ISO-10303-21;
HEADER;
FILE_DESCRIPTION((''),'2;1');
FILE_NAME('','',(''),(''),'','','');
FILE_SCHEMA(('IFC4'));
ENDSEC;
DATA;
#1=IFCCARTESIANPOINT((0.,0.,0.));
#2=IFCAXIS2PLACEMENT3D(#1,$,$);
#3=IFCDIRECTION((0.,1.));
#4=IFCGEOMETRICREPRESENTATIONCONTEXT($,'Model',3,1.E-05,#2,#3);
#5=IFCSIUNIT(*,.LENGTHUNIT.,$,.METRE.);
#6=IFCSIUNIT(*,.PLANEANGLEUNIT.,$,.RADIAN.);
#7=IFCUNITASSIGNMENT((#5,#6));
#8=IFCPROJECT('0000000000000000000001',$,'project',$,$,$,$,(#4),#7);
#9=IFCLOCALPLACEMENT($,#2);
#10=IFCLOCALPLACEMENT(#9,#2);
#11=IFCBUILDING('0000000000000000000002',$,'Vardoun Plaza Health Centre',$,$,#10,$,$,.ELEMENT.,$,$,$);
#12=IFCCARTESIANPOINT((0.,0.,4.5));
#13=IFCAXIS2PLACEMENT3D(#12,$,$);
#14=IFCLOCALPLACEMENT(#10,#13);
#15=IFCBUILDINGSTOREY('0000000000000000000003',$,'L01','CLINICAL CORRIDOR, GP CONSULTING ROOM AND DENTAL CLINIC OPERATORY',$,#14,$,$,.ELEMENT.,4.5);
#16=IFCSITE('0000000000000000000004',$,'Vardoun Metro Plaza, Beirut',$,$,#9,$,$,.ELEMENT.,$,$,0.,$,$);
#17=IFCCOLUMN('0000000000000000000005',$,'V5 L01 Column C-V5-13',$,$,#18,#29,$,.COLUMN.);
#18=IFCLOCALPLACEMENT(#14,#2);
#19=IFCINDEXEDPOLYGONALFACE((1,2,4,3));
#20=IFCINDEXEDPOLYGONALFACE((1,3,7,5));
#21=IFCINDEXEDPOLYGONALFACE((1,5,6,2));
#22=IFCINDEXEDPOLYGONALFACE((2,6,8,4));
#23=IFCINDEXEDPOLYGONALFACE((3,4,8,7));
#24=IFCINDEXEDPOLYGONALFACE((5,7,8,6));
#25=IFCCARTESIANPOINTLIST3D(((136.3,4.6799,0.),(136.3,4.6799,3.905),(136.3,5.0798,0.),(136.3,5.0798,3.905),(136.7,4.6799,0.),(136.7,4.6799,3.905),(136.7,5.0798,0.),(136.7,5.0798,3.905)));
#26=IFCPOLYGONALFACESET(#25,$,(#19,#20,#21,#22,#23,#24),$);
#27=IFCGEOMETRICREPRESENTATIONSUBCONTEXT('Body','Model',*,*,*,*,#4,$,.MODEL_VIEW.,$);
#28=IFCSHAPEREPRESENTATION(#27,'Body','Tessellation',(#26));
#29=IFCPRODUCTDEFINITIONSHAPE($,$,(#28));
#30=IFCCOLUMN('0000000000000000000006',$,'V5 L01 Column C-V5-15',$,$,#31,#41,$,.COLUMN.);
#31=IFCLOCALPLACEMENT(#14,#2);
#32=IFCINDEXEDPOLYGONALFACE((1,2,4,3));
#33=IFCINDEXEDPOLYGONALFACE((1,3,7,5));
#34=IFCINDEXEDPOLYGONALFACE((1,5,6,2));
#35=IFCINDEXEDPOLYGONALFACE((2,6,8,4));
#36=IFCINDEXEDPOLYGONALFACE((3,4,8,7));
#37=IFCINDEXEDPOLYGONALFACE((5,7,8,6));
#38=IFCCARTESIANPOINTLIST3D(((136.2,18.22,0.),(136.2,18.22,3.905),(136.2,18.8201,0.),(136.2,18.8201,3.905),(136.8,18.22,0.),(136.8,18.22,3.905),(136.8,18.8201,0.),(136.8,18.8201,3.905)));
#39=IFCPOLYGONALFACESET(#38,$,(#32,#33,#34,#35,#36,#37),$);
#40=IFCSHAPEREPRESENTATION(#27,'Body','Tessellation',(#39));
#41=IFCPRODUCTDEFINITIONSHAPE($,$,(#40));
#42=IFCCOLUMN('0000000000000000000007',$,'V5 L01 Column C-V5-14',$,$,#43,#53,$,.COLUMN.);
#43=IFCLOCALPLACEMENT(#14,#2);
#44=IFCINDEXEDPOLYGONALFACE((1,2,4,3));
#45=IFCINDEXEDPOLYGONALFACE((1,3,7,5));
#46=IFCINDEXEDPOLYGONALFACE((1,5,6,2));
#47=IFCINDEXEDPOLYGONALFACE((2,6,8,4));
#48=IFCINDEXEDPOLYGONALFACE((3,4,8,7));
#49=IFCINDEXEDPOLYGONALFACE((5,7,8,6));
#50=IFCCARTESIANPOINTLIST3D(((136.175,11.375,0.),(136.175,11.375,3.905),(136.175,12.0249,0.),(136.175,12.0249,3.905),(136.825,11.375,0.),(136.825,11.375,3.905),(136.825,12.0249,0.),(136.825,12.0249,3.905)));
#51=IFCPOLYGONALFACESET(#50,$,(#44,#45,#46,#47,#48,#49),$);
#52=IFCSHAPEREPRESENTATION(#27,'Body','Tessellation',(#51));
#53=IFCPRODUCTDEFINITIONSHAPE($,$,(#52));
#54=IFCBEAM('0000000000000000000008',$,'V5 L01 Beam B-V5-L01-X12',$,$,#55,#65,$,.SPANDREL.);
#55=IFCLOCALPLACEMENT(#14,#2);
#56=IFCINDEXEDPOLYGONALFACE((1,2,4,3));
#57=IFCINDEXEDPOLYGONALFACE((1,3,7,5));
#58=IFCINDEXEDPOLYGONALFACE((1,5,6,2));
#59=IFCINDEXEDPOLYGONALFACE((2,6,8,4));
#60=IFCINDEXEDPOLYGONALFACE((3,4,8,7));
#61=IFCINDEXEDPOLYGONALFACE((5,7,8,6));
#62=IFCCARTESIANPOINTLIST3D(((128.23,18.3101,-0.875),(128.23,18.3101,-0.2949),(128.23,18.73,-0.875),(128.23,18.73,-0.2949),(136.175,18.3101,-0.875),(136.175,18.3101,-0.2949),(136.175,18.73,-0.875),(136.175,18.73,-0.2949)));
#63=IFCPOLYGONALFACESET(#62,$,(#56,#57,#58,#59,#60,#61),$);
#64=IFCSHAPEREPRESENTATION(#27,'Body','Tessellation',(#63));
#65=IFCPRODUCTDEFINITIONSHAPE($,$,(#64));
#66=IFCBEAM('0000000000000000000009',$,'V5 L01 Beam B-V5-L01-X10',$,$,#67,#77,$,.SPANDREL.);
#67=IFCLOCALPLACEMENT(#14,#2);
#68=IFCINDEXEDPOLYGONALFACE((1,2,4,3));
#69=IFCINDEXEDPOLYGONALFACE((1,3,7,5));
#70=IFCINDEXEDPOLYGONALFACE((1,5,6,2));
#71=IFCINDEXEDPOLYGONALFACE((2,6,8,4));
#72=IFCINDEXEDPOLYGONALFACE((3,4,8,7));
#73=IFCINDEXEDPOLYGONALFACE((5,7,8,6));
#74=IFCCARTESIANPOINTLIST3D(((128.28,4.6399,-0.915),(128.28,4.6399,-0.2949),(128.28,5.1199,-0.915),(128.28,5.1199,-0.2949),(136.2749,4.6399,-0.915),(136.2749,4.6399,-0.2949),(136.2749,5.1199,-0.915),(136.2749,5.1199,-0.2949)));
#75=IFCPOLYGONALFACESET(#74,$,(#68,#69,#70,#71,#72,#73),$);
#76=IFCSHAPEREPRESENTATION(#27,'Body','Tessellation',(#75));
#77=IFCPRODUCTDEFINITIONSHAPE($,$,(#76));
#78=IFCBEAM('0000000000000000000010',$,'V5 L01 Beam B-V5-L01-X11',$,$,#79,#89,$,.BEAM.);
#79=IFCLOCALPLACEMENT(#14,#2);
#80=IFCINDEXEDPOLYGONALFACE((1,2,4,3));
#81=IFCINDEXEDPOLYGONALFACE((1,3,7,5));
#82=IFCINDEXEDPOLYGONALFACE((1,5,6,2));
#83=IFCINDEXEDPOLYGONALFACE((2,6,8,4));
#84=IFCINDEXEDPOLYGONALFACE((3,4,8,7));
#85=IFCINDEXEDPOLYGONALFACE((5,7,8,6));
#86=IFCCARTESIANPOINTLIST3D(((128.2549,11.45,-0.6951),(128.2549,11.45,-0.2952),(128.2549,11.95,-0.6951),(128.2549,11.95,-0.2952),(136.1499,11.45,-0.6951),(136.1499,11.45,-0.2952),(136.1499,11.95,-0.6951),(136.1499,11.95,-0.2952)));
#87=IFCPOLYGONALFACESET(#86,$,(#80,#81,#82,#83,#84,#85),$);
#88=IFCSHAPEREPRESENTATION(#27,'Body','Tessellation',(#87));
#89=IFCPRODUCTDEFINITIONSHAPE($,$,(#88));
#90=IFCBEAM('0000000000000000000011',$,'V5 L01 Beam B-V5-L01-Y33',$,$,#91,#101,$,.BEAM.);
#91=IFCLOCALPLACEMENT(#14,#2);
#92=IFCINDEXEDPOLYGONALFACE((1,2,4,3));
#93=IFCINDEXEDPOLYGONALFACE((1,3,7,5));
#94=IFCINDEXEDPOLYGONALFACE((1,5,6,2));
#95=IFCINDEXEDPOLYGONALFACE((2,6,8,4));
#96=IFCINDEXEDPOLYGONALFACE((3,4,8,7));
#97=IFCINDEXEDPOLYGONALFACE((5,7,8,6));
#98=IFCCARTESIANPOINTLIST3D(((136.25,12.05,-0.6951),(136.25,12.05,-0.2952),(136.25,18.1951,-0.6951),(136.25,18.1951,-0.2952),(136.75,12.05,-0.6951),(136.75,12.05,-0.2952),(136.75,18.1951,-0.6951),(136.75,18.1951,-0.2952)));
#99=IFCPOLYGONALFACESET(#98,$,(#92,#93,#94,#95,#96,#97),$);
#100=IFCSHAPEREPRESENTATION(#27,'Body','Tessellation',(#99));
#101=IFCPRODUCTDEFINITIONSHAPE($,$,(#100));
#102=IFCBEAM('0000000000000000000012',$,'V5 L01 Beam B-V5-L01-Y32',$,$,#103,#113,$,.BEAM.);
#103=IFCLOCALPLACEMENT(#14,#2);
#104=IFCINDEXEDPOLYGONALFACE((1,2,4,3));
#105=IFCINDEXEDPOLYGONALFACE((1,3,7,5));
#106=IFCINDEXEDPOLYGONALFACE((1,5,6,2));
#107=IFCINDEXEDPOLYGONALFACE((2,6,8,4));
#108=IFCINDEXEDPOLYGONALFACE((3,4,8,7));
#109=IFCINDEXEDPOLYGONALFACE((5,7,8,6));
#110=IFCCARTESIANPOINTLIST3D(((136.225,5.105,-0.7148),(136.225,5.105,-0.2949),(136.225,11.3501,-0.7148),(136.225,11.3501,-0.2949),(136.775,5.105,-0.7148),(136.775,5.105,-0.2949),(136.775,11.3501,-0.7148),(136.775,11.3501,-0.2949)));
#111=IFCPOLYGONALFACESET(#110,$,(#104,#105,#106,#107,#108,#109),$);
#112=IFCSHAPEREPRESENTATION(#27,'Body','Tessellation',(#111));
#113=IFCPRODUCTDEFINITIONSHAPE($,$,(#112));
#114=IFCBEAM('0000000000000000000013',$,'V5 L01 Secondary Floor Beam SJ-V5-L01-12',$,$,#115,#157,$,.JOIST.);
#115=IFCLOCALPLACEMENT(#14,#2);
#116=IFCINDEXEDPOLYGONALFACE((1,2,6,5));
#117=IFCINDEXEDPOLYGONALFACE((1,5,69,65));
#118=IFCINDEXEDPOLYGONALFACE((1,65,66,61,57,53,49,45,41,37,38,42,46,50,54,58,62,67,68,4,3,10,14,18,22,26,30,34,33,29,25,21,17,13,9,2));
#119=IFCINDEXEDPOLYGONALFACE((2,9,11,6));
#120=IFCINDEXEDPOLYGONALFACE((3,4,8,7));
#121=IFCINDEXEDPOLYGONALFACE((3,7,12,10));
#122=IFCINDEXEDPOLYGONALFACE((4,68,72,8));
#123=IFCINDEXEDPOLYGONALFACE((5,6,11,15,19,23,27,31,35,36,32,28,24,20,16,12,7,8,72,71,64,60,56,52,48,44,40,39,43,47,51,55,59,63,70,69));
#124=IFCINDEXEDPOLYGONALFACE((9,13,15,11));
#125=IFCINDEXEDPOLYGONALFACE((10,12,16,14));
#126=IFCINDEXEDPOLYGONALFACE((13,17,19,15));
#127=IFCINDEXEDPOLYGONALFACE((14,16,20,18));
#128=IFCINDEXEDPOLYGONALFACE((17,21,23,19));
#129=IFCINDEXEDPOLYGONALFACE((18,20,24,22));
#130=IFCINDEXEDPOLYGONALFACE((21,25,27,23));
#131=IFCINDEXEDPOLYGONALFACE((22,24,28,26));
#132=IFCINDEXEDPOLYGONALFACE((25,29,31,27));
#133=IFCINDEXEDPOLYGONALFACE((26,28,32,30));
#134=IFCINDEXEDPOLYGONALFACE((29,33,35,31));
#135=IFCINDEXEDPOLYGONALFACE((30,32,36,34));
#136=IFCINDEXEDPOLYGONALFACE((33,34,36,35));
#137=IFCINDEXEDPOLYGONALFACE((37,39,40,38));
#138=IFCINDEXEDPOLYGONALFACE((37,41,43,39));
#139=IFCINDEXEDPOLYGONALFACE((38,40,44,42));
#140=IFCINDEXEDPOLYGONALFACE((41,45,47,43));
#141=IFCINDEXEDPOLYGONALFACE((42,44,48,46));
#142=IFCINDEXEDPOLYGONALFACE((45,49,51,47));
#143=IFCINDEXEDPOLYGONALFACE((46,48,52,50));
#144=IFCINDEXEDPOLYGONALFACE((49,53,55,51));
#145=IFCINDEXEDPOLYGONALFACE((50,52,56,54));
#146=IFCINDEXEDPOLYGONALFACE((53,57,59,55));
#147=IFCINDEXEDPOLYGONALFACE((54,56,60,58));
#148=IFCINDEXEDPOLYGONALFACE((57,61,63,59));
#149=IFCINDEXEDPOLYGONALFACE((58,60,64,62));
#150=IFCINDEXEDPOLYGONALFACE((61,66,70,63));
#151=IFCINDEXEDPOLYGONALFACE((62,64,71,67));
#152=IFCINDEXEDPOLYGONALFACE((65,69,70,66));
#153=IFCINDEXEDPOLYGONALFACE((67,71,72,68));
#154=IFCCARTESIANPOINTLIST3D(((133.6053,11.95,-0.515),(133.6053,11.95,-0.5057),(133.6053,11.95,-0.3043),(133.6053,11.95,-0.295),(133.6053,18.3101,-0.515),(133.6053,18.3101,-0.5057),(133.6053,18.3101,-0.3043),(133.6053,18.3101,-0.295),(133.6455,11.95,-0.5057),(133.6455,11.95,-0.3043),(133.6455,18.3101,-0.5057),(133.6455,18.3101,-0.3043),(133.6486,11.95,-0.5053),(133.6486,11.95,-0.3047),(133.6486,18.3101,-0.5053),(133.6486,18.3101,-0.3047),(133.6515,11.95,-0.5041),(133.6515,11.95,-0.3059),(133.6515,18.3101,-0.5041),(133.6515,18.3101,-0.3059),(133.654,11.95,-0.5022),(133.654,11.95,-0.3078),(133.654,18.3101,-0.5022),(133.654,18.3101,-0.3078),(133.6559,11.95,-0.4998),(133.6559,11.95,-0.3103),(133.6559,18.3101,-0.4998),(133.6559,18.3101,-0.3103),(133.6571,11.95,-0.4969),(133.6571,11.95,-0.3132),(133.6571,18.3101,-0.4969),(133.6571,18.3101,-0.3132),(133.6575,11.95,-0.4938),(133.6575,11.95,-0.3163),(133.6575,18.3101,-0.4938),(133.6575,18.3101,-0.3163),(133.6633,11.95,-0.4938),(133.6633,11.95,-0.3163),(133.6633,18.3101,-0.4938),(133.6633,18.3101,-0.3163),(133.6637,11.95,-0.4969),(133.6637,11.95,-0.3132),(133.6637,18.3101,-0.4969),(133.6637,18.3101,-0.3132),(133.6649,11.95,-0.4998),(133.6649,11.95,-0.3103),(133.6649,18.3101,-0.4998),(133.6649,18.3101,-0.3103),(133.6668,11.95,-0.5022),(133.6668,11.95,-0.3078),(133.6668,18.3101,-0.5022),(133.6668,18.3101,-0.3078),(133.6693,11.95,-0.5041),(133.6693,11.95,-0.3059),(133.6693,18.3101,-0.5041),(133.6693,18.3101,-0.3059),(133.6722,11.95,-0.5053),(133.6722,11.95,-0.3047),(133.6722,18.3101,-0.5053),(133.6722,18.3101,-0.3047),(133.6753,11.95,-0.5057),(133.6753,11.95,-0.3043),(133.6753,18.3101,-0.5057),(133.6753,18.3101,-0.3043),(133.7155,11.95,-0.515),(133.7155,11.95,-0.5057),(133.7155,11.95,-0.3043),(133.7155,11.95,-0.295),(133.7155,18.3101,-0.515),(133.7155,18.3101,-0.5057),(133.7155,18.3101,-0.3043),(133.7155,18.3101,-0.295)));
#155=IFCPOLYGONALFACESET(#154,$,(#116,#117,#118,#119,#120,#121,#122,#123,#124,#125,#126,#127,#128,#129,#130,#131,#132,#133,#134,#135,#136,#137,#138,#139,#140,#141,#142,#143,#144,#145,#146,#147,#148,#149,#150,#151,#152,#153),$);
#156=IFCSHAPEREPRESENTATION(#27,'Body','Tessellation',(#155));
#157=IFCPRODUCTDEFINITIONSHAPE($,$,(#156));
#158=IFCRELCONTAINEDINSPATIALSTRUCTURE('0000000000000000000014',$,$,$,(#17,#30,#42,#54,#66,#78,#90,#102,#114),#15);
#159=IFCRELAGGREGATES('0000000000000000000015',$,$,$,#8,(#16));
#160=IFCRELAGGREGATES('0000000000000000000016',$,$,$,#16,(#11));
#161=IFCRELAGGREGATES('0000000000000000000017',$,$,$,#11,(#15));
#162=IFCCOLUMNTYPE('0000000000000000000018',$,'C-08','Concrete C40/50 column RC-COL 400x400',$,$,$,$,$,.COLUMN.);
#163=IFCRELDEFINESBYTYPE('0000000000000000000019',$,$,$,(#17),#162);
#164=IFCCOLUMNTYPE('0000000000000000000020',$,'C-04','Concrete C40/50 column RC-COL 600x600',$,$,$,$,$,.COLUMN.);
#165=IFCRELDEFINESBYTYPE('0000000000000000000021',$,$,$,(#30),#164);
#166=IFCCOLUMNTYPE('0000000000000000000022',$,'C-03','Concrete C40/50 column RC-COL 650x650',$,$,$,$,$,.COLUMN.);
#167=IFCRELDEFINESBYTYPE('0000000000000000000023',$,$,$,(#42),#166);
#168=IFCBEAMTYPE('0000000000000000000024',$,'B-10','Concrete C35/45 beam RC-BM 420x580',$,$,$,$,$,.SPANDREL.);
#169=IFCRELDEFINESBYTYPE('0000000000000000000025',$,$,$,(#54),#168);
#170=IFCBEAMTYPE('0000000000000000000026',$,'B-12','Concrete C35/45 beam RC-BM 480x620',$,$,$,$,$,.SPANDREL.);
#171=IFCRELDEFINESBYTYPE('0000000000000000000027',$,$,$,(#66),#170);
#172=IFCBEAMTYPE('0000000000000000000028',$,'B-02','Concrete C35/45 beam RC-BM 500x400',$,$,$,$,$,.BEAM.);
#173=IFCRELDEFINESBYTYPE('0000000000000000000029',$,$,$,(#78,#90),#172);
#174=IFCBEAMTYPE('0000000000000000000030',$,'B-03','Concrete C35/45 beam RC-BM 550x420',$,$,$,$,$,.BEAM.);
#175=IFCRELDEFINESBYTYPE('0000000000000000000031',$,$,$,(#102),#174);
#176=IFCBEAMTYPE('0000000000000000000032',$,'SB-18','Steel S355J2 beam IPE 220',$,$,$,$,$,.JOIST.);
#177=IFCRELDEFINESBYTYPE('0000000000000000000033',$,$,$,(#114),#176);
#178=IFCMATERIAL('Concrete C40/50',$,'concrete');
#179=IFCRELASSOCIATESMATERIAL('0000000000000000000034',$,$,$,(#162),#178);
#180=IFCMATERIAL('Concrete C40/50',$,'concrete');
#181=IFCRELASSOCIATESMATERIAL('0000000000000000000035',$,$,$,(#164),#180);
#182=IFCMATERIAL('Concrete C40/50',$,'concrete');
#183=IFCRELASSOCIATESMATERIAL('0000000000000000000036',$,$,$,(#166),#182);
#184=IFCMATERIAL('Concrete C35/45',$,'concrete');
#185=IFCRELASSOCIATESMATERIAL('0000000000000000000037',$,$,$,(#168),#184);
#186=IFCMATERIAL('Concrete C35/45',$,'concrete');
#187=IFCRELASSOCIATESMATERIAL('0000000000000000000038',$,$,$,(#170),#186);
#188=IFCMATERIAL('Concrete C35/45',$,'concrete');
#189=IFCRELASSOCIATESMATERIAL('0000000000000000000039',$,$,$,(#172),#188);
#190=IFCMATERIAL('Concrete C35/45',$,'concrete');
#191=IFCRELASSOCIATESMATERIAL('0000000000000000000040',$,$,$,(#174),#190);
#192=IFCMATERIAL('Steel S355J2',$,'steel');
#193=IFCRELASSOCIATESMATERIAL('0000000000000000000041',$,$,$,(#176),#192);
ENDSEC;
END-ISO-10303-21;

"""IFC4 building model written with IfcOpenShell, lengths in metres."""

from ifc_helpers import new_model, si_unit, direction, frame, origin, origin_2d, place, context, subcontext, project, spatial, rectangle, i_section, extrude, material, material_profile, profile_set, type_object, element, save


model = new_model("IFC4")

# Units and contexts
model_context = context("Model", 3, precision=1e-05, world=origin(), true_north=direction((0.0, 1.0)))
body_context = subcontext(model_context, "Body", "Model", "MODEL_VIEW")
ifc_project = project(units=[si_unit("LENGTHUNIT", "METRE"), si_unit("PLANEANGLEUNIT", "RADIAN")], contexts=[model_context])

# Site, building, storey
site_placement = place(None, origin())
site = spatial("IfcSite", under=ifc_project, at=site_placement, Name="Vardoun Metro Plaza, Beirut", CompositionType="ELEMENT", RefElevation=0.0)
building_placement = place(site_placement, origin())
building = spatial("IfcBuilding", under=site, at=building_placement, Name="Vardoun Plaza Health Centre", CompositionType="ELEMENT")
storey_placement = place(building_placement, frame((0.0, 0.0, 4.5)))
storey = spatial("IfcBuildingStorey", under=building, at=storey_placement, Name="L01", Description="CLINICAL CORRIDOR, GP CONSULTING ROOM AND DENTAL CLINIC OPERATORY", CompositionType="ELEMENT", Elevation=4.5)

# Columns
ifc_material_1 = material(Name="Concrete C40/50", Category="concrete")
ifc_material_profile_1 = material_profile(ifc_material_1, rectangle(XDim=0.3999, YDim=0.3999, at=origin_2d()), Name="RC-COL 400x400")
ifc_profile_set_1 = profile_set([ifc_material_profile_1], Name="Concrete C40/50")
column_type_1 = type_object("IfcColumnType", Name="C-08", Description="Concrete C40/50 column RC-COL 400x400", PredefinedType="COLUMN", material=ifc_profile_set_1)
column_1_placement = place(storey_placement, frame((136.5, 4.8799, 0.0), z_axis=(0.0, 0.0, 1.0), x_axis=(1.0, 0.0, 0.0)))
element("IfcColumn", 1, at=column_1_placement, inside=storey, type_object=column_type_1, Name="V5 L01 Column C-V5-13", PredefinedType="COLUMN", context=body_context, shape_type="SweptSolid", body=[
    extrude(rectangle(XDim=0.3999, YDim=0.3999, at=origin_2d()), origin(), (0.0, 0.0, 1.0), 3.905),
])
ifc_material_2 = material(Name="Concrete C40/50", Category="concrete")
ifc_material_profile_2 = material_profile(ifc_material_2, rectangle(XDim=0.6001, YDim=0.6001, at=origin_2d()), Name="RC-COL 600x600")
ifc_profile_set_2 = profile_set([ifc_material_profile_2], Name="Concrete C40/50")
column_type_2 = type_object("IfcColumnType", Name="C-04", Description="Concrete C40/50 column RC-COL 600x600", PredefinedType="COLUMN", material=ifc_profile_set_2)
column_2_placement = place(storey_placement, frame((136.5, 18.52, 0.0), z_axis=(0.0, 0.0, 1.0), x_axis=(1.0, 0.0, 0.0)))
element("IfcColumn", 2, at=column_2_placement, inside=storey, type_object=column_type_2, Name="V5 L01 Column C-V5-15", PredefinedType="COLUMN", context=body_context, shape_type="SweptSolid", body=[
    extrude(rectangle(XDim=0.6001, YDim=0.6001, at=origin_2d()), origin(), (0.0, 0.0, 1.0), 3.905),
])
ifc_material_3 = material(Name="Concrete C40/50", Category="concrete")
ifc_material_profile_3 = material_profile(ifc_material_3, rectangle(XDim=0.6499, YDim=0.6499, at=origin_2d()), Name="RC-COL 650x650")
ifc_profile_set_3 = profile_set([ifc_material_profile_3], Name="Concrete C40/50")
column_type_3 = type_object("IfcColumnType", Name="C-03", Description="Concrete C40/50 column RC-COL 650x650", PredefinedType="COLUMN", material=ifc_profile_set_3)
column_3_placement = place(storey_placement, frame((136.5, 11.7, 0.0), z_axis=(0.0, 0.0, 1.0), x_axis=(1.0, 0.0, 0.0)))
element("IfcColumn", 3, at=column_3_placement, inside=storey, type_object=column_type_3, Name="V5 L01 Column C-V5-14", PredefinedType="COLUMN", context=body_context, shape_type="SweptSolid", body=[
    extrude(rectangle(XDim=0.6499, YDim=0.6499, at=origin_2d()), origin(), (0.0, 0.0, 1.0), 3.905),
])

# Beams
ifc_material_4 = material(Name="Concrete C35/45", Category="concrete")
ifc_material_profile_4 = material_profile(ifc_material_4, rectangle(XDim=0.4199, YDim=0.5801, at=origin_2d()), Name="RC-BM 420x580")
ifc_profile_set_4 = profile_set([ifc_material_profile_4], Name="Concrete C35/45")
beam_type_1 = type_object("IfcBeamType", Name="B-10", Description="Concrete C35/45 beam RC-BM 420x580", PredefinedType="SPANDREL", material=ifc_profile_set_4)
beam_1_placement = place(storey_placement, frame((128.23, 18.52, -0.585), z_axis=(1.0, 0.0, 0.0), x_axis=(0.0, 1.0, 0.0)))
element("IfcBeam", 4, at=beam_1_placement, inside=storey, type_object=beam_type_1, Name="V5 L01 Beam B-V5-L01-X12", PredefinedType="SPANDREL", context=body_context, shape_type="SweptSolid", body=[
    extrude(rectangle(XDim=0.4199, YDim=0.5801, at=origin_2d()), origin(), (0.0, 0.0, 1.0), 7.9451),
])
ifc_material_5 = material(Name="Concrete C35/45", Category="concrete")
ifc_material_profile_5 = material_profile(ifc_material_5, rectangle(XDim=0.48, YDim=0.6201, at=origin_2d()), Name="RC-BM 480x620")
ifc_profile_set_5 = profile_set([ifc_material_profile_5], Name="Concrete C35/45")
beam_type_2 = type_object("IfcBeamType", Name="B-12", Description="Concrete C35/45 beam RC-BM 480x620", PredefinedType="SPANDREL", material=ifc_profile_set_5)
beam_2_placement = place(storey_placement, frame((128.28, 4.8799, -0.605), z_axis=(1.0, 0.0, 0.0), x_axis=(0.0, 1.0, 0.0)))
element("IfcBeam", 5, at=beam_2_placement, inside=storey, type_object=beam_type_2, Name="V5 L01 Beam B-V5-L01-X10", PredefinedType="SPANDREL", context=body_context, shape_type="SweptSolid", body=[
    extrude(rectangle(XDim=0.48, YDim=0.6201, at=origin_2d()), origin(), (0.0, 0.0, 1.0), 7.9949),
])
ifc_material_6 = material(Name="Concrete C35/45", Category="concrete")
ifc_material_profile_6 = material_profile(ifc_material_6, rectangle(XDim=0.5, YDim=0.3999, at=origin_2d()), Name="RC-BM 500x400")
ifc_profile_set_6 = profile_set([ifc_material_profile_6], Name="Concrete C35/45")
beam_type_3 = type_object("IfcBeamType", Name="B-02", Description="Concrete C35/45 beam RC-BM 500x400", PredefinedType="BEAM", material=ifc_profile_set_6)
beam_3_placement = place(storey_placement, frame((128.2549, 11.7, -0.4951), z_axis=(1.0, 0.0, 0.0), x_axis=(0.0, 1.0, 0.0)))
element("IfcBeam", 6, at=beam_3_placement, inside=storey, type_object=beam_type_3, Name="V5 L01 Beam B-V5-L01-X11", PredefinedType="BEAM", context=body_context, shape_type="SweptSolid", body=[
    extrude(rectangle(XDim=0.5, YDim=0.3999, at=origin_2d()), origin(), (0.0, 0.0, 1.0), 7.895),
])
beam_4_placement = place(storey_placement, frame((136.5, 12.05, -0.4951), z_axis=(0.0, 1.0, 0.0), x_axis=(-1.0, 0.0, 0.0)))
element("IfcBeam", 7, at=beam_4_placement, inside=storey, type_object=beam_type_3, Name="V5 L01 Beam B-V5-L01-Y33", PredefinedType="BEAM", context=body_context, shape_type="SweptSolid", body=[
    extrude(rectangle(XDim=0.5, YDim=0.3999, at=origin_2d()), origin(), (0.0, 0.0, 1.0), 6.145),
])
ifc_material_7 = material(Name="Concrete C35/45", Category="concrete")
ifc_material_profile_7 = material_profile(ifc_material_7, rectangle(XDim=0.55, YDim=0.4199, at=origin_2d()), Name="RC-BM 550x420")
ifc_profile_set_7 = profile_set([ifc_material_profile_7], Name="Concrete C35/45")
beam_type_4 = type_object("IfcBeamType", Name="B-03", Description="Concrete C35/45 beam RC-BM 550x420", PredefinedType="BEAM", material=ifc_profile_set_7)
beam_5_placement = place(storey_placement, frame((136.5, 5.105, -0.5049), z_axis=(0.0, 1.0, 0.0), x_axis=(-1.0, 0.0, 0.0)))
element("IfcBeam", 8, at=beam_5_placement, inside=storey, type_object=beam_type_4, Name="V5 L01 Beam B-V5-L01-Y32", PredefinedType="BEAM", context=body_context, shape_type="SweptSolid", body=[
    extrude(rectangle(XDim=0.55, YDim=0.4199, at=origin_2d()), origin(), (0.0, 0.0, 1.0), 6.2451),
])
ifc_material_8 = material(Name="Steel S355J2", Category="steel")
ifc_material_profile_8 = material_profile(ifc_material_8, i_section(OverallWidth=0.1101, OverallDepth=0.22, WebThickness=0.0059, FlangeThickness=0.0093, FilletRadius=0.012, at=origin_2d()), Name="IPE 220")
ifc_profile_set_8 = profile_set([ifc_material_profile_8], Name="Steel S355J2")
beam_type_5 = type_object("IfcBeamType", Name="SB-18", Description="Steel S355J2 beam IPE 220", PredefinedType="JOIST", material=ifc_profile_set_8)
beam_6_placement = place(storey_placement, frame((133.6604, 11.95, -0.405), z_axis=(0.0, 1.0, 0.0), x_axis=(-1.0, 0.0, 0.0)))
element("IfcBeam", 9, at=beam_6_placement, inside=storey, type_object=beam_type_5, Name="V5 L01 Secondary Floor Beam SJ-V5-L01-12", PredefinedType="JOIST", context=body_context, shape_type="SweptSolid", body=[
    extrude(i_section(OverallWidth=0.1101, OverallDepth=0.22, WebThickness=0.0059, FlangeThickness=0.0093, FilletRadius=0.012, at=origin_2d()), origin(), (0.0, 0.0, 1.0), 6.3601),
])

save(model, "model.ifc")
